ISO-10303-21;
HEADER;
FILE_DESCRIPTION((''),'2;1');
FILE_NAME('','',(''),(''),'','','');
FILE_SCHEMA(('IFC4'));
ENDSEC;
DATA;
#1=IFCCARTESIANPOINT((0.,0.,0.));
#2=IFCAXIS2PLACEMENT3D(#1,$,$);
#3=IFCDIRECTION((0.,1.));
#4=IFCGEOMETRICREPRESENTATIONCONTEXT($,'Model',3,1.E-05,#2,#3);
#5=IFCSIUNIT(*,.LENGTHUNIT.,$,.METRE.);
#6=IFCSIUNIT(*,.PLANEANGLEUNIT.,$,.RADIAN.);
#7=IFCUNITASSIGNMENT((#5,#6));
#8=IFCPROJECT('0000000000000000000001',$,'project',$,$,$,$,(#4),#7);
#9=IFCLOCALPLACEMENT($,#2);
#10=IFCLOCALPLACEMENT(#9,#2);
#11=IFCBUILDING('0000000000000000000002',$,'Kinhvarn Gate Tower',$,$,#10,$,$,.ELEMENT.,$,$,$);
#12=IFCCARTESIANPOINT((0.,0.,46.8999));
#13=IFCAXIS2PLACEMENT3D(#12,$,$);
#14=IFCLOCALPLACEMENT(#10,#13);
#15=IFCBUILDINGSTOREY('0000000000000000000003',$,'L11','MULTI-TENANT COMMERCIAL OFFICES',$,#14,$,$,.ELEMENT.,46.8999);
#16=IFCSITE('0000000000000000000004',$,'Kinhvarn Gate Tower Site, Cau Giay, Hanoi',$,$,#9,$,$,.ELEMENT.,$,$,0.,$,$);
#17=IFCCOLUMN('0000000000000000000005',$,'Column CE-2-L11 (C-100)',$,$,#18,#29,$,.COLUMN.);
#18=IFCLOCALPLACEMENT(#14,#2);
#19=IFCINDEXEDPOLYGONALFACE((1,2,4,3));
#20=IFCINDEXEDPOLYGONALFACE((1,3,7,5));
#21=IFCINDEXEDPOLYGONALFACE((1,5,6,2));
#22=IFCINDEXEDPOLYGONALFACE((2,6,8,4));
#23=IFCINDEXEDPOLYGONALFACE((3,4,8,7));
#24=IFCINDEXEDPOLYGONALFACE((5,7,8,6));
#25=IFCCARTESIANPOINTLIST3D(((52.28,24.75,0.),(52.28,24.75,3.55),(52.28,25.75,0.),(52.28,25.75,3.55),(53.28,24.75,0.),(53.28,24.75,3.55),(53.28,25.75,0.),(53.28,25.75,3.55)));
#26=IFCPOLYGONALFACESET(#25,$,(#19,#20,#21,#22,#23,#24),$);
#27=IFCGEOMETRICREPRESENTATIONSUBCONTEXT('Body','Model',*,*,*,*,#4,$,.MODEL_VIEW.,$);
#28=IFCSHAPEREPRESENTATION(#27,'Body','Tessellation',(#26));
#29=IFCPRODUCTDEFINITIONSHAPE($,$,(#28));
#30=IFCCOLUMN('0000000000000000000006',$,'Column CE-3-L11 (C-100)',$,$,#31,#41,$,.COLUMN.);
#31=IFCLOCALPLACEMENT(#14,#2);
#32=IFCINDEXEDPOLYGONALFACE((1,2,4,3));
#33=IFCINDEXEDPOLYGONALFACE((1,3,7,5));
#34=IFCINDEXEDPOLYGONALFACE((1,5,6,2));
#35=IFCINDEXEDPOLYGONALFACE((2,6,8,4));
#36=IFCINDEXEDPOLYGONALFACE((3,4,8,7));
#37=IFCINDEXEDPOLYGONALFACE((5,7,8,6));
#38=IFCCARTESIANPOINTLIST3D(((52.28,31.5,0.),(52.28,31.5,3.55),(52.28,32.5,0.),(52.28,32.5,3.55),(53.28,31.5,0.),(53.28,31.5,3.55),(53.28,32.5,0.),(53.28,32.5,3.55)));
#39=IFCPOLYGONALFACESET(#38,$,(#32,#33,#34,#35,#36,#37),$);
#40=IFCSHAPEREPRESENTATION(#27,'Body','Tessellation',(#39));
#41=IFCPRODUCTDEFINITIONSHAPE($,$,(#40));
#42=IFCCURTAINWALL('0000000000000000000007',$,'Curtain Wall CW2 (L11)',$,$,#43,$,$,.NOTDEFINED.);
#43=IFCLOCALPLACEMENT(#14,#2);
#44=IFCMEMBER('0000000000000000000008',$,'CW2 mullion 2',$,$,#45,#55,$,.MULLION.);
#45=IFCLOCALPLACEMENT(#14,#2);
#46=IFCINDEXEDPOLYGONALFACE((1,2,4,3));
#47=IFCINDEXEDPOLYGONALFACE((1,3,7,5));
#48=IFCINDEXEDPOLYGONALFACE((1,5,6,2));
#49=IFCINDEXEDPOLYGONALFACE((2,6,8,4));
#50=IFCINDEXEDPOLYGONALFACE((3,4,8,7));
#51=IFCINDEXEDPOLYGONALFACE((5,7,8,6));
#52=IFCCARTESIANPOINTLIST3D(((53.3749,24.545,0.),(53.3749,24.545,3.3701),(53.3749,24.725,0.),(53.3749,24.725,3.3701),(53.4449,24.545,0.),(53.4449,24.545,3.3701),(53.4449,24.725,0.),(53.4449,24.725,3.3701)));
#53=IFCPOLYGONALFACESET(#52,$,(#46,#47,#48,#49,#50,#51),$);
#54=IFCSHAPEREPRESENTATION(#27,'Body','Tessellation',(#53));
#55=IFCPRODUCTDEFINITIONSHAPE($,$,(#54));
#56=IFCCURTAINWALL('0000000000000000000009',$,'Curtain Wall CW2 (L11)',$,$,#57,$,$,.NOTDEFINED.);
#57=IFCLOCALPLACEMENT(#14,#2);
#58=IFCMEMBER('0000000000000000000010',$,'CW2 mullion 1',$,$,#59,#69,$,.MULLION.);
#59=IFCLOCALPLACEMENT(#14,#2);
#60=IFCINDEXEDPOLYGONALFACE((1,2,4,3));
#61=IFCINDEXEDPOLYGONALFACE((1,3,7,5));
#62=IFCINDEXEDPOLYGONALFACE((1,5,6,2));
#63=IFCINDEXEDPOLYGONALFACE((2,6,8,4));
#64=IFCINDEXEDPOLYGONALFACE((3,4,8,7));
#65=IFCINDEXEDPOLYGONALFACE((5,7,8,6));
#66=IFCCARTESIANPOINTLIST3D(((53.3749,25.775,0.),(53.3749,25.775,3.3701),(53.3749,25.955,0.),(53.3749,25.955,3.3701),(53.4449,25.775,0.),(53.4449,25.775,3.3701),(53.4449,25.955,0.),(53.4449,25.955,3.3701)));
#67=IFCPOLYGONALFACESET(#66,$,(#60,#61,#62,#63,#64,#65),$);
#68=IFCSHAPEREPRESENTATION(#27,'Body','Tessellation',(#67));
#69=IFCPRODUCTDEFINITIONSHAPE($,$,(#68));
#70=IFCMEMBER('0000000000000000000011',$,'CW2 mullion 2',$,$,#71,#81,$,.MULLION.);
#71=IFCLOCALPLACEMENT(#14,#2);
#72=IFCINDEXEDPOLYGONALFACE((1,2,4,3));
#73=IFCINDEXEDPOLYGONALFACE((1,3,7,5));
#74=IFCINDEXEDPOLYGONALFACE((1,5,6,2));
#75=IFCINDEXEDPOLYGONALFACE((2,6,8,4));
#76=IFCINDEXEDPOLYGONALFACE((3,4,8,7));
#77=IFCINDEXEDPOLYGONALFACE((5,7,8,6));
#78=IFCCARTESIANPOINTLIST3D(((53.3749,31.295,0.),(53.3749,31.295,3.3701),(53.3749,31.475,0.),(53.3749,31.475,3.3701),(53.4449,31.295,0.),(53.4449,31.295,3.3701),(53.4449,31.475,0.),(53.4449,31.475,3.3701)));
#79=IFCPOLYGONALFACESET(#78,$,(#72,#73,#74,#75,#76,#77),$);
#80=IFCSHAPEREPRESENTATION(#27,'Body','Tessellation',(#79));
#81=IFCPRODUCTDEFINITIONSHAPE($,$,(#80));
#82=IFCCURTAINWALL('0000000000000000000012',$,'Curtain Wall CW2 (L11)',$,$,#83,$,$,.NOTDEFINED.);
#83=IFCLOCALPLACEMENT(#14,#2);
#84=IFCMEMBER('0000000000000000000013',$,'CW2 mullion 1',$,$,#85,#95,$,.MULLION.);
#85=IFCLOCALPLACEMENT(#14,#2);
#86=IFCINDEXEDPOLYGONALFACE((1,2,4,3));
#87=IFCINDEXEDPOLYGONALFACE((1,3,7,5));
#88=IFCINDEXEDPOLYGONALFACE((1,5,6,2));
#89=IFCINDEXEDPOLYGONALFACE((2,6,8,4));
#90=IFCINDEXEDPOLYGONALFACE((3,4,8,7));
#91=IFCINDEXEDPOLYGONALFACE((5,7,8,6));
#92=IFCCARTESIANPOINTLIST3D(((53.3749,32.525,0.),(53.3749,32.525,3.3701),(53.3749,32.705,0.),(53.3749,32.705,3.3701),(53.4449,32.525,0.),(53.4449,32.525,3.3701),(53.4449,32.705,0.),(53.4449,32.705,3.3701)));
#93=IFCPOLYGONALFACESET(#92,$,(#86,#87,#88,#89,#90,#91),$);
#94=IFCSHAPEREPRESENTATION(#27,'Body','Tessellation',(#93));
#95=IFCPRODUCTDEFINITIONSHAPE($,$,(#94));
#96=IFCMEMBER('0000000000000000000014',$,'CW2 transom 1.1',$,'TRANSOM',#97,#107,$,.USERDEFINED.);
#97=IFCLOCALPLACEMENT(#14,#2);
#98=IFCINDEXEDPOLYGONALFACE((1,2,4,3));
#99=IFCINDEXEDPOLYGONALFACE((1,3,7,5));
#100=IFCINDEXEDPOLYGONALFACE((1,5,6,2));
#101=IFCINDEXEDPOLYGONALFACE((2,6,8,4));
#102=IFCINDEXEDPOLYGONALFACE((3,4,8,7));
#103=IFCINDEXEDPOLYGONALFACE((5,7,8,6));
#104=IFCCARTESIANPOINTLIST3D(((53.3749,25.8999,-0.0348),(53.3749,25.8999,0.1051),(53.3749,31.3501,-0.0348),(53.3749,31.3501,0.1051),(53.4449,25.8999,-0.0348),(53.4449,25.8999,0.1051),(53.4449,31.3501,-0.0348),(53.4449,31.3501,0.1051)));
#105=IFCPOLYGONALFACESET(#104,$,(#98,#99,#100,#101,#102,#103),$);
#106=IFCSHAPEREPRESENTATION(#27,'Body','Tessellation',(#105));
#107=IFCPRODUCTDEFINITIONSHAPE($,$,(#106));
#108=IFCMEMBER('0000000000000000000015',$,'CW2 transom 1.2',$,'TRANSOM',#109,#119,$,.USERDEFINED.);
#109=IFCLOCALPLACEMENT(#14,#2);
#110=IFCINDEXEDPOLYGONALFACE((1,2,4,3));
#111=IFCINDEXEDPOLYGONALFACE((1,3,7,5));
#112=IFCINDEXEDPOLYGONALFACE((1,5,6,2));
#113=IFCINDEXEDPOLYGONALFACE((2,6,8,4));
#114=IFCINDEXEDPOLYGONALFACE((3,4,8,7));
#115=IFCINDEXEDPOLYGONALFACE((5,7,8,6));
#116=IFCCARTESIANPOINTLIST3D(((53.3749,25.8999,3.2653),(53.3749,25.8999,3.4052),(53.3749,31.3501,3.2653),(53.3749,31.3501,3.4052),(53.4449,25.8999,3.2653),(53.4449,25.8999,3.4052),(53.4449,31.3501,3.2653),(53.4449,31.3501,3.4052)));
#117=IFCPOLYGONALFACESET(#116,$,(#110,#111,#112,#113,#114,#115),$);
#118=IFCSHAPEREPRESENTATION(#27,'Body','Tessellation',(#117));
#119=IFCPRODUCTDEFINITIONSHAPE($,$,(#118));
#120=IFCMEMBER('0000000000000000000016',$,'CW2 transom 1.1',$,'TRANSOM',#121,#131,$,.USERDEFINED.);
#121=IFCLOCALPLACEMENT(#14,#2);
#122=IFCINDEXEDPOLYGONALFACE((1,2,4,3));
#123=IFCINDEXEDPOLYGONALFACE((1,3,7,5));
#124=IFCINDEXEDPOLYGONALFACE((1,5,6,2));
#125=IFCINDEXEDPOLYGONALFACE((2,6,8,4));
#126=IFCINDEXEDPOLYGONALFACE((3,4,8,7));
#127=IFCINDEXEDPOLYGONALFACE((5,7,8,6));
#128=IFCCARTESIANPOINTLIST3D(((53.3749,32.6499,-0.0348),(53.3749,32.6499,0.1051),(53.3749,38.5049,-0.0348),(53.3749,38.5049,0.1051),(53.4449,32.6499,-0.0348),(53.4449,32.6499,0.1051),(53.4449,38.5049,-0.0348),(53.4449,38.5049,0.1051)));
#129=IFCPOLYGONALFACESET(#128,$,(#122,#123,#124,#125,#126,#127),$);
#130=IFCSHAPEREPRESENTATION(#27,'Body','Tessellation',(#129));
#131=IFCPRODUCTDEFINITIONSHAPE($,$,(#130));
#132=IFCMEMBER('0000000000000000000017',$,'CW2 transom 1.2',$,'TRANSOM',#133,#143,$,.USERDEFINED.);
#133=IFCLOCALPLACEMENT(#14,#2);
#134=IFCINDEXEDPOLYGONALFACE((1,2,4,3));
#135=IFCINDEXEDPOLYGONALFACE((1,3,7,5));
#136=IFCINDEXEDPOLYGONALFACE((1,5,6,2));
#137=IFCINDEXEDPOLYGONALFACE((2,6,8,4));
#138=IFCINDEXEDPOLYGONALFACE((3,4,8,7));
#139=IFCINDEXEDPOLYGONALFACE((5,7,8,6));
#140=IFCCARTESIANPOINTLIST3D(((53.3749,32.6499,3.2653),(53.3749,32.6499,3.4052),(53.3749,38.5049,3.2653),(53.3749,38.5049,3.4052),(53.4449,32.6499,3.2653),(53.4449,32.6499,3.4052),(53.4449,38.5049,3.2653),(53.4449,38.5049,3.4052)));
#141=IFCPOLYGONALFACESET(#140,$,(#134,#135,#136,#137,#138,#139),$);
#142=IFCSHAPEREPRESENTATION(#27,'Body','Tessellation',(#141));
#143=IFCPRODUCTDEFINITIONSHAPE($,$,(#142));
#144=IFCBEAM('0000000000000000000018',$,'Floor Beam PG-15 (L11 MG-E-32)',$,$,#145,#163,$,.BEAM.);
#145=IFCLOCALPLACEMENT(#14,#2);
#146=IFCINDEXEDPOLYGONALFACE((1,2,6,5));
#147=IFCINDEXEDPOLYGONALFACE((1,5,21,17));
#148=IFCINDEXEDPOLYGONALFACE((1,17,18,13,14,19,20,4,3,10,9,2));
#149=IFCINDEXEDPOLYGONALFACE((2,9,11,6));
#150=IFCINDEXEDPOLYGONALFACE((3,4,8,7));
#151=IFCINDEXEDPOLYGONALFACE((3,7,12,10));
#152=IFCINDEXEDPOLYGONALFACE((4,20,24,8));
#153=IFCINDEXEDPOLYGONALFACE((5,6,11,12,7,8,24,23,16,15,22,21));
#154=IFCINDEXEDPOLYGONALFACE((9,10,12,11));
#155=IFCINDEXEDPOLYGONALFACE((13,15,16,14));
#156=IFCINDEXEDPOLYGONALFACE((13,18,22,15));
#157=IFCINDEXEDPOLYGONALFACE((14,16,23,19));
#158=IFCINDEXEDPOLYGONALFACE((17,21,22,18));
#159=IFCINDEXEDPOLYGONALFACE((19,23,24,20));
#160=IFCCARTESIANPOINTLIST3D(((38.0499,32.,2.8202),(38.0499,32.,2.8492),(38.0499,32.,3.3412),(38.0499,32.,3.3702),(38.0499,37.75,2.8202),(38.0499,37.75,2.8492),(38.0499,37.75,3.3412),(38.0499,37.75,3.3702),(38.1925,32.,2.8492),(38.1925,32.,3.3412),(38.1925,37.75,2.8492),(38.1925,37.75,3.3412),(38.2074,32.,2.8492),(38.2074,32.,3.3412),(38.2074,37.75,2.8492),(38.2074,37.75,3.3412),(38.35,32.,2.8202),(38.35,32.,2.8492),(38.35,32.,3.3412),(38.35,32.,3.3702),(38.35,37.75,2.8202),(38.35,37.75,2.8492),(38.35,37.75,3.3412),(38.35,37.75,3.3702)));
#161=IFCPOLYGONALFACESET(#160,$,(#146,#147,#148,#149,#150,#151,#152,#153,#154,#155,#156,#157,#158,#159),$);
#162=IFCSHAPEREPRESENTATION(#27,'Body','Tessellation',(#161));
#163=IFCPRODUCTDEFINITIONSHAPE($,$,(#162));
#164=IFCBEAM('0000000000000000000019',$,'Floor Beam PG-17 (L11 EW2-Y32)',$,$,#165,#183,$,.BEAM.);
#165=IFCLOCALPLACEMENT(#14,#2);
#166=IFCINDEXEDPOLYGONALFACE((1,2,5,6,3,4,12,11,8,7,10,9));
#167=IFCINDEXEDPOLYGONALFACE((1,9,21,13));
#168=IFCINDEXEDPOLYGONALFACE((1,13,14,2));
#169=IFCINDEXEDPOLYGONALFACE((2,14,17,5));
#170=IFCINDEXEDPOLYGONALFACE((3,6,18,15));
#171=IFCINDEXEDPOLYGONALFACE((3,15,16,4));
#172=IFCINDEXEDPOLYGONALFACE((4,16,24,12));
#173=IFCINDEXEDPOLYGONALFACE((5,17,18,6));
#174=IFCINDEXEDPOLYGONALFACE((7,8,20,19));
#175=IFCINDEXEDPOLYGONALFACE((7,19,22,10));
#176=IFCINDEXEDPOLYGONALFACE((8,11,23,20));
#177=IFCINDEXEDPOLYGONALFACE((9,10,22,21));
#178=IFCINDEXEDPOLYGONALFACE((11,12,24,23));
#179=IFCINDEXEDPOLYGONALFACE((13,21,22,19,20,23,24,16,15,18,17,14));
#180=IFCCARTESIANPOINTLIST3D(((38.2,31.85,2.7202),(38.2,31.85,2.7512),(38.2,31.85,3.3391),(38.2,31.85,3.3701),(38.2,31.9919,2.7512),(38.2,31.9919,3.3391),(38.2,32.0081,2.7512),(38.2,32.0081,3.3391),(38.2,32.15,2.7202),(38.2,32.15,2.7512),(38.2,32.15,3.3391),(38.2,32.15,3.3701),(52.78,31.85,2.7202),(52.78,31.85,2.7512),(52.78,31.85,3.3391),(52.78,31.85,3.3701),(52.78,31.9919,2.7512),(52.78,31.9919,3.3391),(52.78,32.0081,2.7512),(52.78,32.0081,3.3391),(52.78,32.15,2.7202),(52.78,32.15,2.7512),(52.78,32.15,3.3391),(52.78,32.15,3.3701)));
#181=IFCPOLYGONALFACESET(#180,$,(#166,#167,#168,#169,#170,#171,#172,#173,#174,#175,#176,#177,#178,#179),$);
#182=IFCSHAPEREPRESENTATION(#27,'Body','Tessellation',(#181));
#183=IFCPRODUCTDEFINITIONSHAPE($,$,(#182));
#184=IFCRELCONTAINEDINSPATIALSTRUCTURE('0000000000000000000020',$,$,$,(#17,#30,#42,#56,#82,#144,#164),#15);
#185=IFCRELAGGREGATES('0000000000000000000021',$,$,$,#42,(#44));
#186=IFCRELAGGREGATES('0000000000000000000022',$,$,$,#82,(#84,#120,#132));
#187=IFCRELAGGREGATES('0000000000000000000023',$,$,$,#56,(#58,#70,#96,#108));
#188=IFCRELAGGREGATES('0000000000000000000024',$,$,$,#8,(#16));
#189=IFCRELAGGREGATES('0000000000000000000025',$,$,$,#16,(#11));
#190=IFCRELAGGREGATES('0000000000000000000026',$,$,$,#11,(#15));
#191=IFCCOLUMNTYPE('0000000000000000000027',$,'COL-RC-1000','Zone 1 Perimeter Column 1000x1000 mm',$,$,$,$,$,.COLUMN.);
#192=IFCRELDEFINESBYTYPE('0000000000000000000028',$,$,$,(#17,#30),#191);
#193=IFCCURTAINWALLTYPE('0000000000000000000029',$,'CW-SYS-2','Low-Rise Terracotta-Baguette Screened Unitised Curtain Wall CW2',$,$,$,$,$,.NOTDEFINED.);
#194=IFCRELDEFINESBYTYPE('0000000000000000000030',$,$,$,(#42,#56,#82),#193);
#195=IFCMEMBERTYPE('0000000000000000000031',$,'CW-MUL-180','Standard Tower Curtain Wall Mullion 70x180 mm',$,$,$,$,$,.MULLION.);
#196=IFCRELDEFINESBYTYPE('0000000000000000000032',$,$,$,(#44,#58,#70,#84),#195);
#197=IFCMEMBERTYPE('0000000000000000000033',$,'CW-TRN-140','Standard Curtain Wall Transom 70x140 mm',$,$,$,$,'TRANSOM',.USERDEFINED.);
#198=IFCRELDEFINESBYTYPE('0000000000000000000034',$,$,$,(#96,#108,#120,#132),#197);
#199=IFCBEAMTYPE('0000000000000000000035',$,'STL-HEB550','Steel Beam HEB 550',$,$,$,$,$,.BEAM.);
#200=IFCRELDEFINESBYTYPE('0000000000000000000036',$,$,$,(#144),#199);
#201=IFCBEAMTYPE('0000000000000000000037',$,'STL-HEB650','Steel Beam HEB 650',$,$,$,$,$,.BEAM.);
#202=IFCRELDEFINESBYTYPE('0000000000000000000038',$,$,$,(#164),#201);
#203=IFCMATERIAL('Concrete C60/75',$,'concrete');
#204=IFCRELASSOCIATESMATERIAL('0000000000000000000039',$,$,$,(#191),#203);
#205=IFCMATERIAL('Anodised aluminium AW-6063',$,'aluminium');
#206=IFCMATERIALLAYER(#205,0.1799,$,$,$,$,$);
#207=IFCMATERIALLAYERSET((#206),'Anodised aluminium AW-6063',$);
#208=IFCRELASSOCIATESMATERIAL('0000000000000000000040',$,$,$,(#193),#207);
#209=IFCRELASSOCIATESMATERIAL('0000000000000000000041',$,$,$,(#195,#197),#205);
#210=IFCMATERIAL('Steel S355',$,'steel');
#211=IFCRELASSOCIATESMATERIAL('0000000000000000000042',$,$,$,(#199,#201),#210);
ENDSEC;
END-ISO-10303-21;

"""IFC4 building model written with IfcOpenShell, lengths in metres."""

from ifc_helpers import new_model, si_unit, direction, frame, origin, origin_2d, place, context, subcontext, project, spatial, rectangle, i_section, extrude, material, layer, layer_set, material_profile, profile_set, type_object, element, aggregate, save


model = new_model("IFC4")

# Units and contexts
model_context = context("Model", 3, precision=1e-05, world=origin(), true_north=direction((0.0, 1.0)))
body_context = subcontext(model_context, "Body", "Model", "MODEL_VIEW")
ifc_project = project(units=[si_unit("LENGTHUNIT", "METRE"), si_unit("PLANEANGLEUNIT", "RADIAN")], contexts=[model_context])

# Site, building, storey
site_placement = place(None, origin())
site = spatial("IfcSite", under=ifc_project, at=site_placement, Name="Kinhvarn Gate Tower Site, Cau Giay, Hanoi", CompositionType="ELEMENT", RefElevation=0.0)
building_placement = place(site_placement, origin())
building = spatial("IfcBuilding", under=site, at=building_placement, Name="Kinhvarn Gate Tower", CompositionType="ELEMENT")
storey_placement = place(building_placement, frame((0.0, 0.0, 46.8999)))
storey = spatial("IfcBuildingStorey", under=building, at=storey_placement, Name="L11", Description="MULTI-TENANT COMMERCIAL OFFICES", CompositionType="ELEMENT", Elevation=46.8999)

# Columns
ifc_material_1 = material(Name="Concrete C60/75", Category="concrete")
ifc_material_profile_1 = material_profile(ifc_material_1, rectangle(XDim=1.0, YDim=1.0, at=origin_2d()), Name="RC 1000x1000")
ifc_profile_set_1 = profile_set([ifc_material_profile_1], Name="Concrete C60/75")
column_type = type_object("IfcColumnType", Name="COL-RC-1000", Description="Zone 1 Perimeter Column 1000x1000 mm", PredefinedType="COLUMN", material=ifc_profile_set_1)
for number, where, z_axis, x_axis, name in (
    (1, (52.78, 25.25, 0.0), (0.0, 0.0, 1.0), (1.0, 0.0, 0.0), "Column CE-2-L11 (C-100)"),
    (2, (52.78, 32.0, 0.0), (0.0, 0.0, 1.0), (1.0, 0.0, 0.0), "Column CE-3-L11 (C-100)"),
):
    element("IfcColumn", number, at=place(storey_placement, frame(where, z_axis=z_axis, x_axis=x_axis)), inside=storey, type_object=column_type, Name=name, PredefinedType="COLUMN", context=body_context, shape_type="SweptSolid", body=[
        extrude(rectangle(XDim=1.0, YDim=1.0, at=origin_2d()), origin(), (0.0, 0.0, 1.0), 3.55),
    ])

# Curtain wall, member
ifc_material_2 = material(Name="Anodised aluminium AW-6063", Category="aluminium")
ifc_layer_1 = layer(ifc_material_2, 0.1799)
ifc_layer_set_1 = layer_set([ifc_layer_1], Name="Anodised aluminium AW-6063")
curtain_wall_type = type_object("IfcCurtainWallType", Name="CW-SYS-2", Description="Low-Rise Terracotta-Baguette Screened Unitised Curtain Wall CW2", PredefinedType="NOTDEFINED", material=ifc_layer_set_1)
curtain_wall_1_placement = place(storey_placement, origin())
curtain_wall_1 = element("IfcCurtainWall", 3, at=curtain_wall_1_placement, inside=storey, type_object=curtain_wall_type, Name="Curtain Wall CW2 (L11)", PredefinedType="NOTDEFINED")
ifc_material_profile_2 = material_profile(ifc_material_2, rectangle(XDim=0.0701, YDim=0.1799, at=origin_2d()), Name="ALU 70x180")
ifc_profile_set_2 = profile_set([ifc_material_profile_2], Name="Anodised aluminium AW-6063")
member_type_1 = type_object("IfcMemberType", Name="CW-MUL-180", Description="Standard Tower Curtain Wall Mullion 70x180 mm", PredefinedType="MULLION", material=ifc_profile_set_2)
member_1_placement = place(storey_placement, frame((53.4099, 24.635, 0.0), z_axis=(0.0, 0.0, 1.0), x_axis=(-1.0, 0.0, 0.0)))
member_1 = element("IfcMember", 4, at=member_1_placement, type_object=member_type_1, Name="CW2 mullion 2", PredefinedType="MULLION", context=body_context, shape_type="SweptSolid", body=[
    extrude(rectangle(XDim=0.0701, YDim=0.1799, at=origin_2d()), origin(), (0.0, 0.0, 1.0), 3.3701),
])
aggregate(curtain_wall_1, [member_1])

# Curtain wall, members
curtain_wall_2_placement = place(storey_placement, origin())
curtain_wall_2 = element("IfcCurtainWall", 5, at=curtain_wall_2_placement, inside=storey, type_object=curtain_wall_type, Name="Curtain Wall CW2 (L11)", PredefinedType="NOTDEFINED")
member_2_placement = place(storey_placement, frame((53.4099, 25.865, 0.0), z_axis=(0.0, 0.0, 1.0), x_axis=(-1.0, 0.0, 0.0)))
member_2 = element("IfcMember", 6, at=member_2_placement, type_object=member_type_1, Name="CW2 mullion 1", PredefinedType="MULLION", context=body_context, shape_type="SweptSolid", body=[
    extrude(rectangle(XDim=0.0701, YDim=0.1799, at=origin_2d()), origin(), (0.0, 0.0, 1.0), 3.3701),
])
member_3_placement = place(storey_placement, frame((53.4099, 31.385, 0.0), z_axis=(0.0, 0.0, 1.0), x_axis=(-1.0, 0.0, 0.0)))
member_3 = element("IfcMember", 7, at=member_3_placement, type_object=member_type_1, Name="CW2 mullion 2", PredefinedType="MULLION", context=body_context, shape_type="SweptSolid", body=[
    extrude(rectangle(XDim=0.0701, YDim=0.1799, at=origin_2d()), origin(), (0.0, 0.0, 1.0), 3.3701),
])

# Curtain wall, member
curtain_wall_3_placement = place(storey_placement, origin())
curtain_wall_3 = element("IfcCurtainWall", 8, at=curtain_wall_3_placement, inside=storey, type_object=curtain_wall_type, Name="Curtain Wall CW2 (L11)", PredefinedType="NOTDEFINED")
member_4_placement = place(storey_placement, frame((53.4099, 32.615, 0.0), z_axis=(0.0, 0.0, 1.0), x_axis=(-1.0, 0.0, 0.0)))
member_4 = element("IfcMember", 9, at=member_4_placement, type_object=member_type_1, Name="CW2 mullion 1", PredefinedType="MULLION", context=body_context, shape_type="SweptSolid", body=[
    extrude(rectangle(XDim=0.0701, YDim=0.1799, at=origin_2d()), origin(), (0.0, 0.0, 1.0), 3.3701),
])

# Members
ifc_material_profile_3 = material_profile(ifc_material_2, rectangle(XDim=0.0701, YDim=0.1399, at=origin_2d()), Name="ALU 70x140")
ifc_profile_set_3 = profile_set([ifc_material_profile_3], Name="Anodised aluminium AW-6063")
member_type_2 = type_object("IfcMemberType", Name="CW-TRN-140", Description="Standard Curtain Wall Transom 70x140 mm", ElementType="TRANSOM", PredefinedType="USERDEFINED", material=ifc_profile_set_3)
member_5_placement = place(storey_placement, frame((53.4099, 25.8999, 0.0352), z_axis=(0.0, 1.0, 0.0), x_axis=(-1.0, 0.0, 0.0)))
member_5 = element("IfcMember", 10, at=member_5_placement, type_object=member_type_2, Name="CW2 transom 1.1", ObjectType="TRANSOM", PredefinedType="USERDEFINED", context=body_context, shape_type="SweptSolid", body=[
    extrude(rectangle(XDim=0.0701, YDim=0.1399, at=origin_2d()), origin(), (0.0, 0.0, 1.0), 5.4502),
])
member_6_placement = place(storey_placement, frame((53.4099, 25.8999, 3.3352), z_axis=(0.0, 1.0, 0.0), x_axis=(-1.0, 0.0, 0.0)))
member_6 = element("IfcMember", 11, at=member_6_placement, type_object=member_type_2, Name="CW2 transom 1.2", ObjectType="TRANSOM", PredefinedType="USERDEFINED", context=body_context, shape_type="SweptSolid", body=[
    extrude(rectangle(XDim=0.0701, YDim=0.1399, at=origin_2d()), origin(), (0.0, 0.0, 1.0), 5.4502),
])
member_7_placement = place(storey_placement, frame((53.4099, 32.6499, 0.0352), z_axis=(0.0, 1.0, 0.0), x_axis=(-1.0, 0.0, 0.0)))
member_7 = element("IfcMember", 12, at=member_7_placement, type_object=member_type_2, Name="CW2 transom 1.1", ObjectType="TRANSOM", PredefinedType="USERDEFINED", context=body_context, shape_type="SweptSolid", body=[
    extrude(rectangle(XDim=0.0701, YDim=0.1399, at=origin_2d()), origin(), (0.0, 0.0, 1.0), 5.855),
])
member_8_placement = place(storey_placement, frame((53.4099, 32.6499, 3.3352), z_axis=(0.0, 1.0, 0.0), x_axis=(-1.0, 0.0, 0.0)))
member_8 = element("IfcMember", 13, at=member_8_placement, type_object=member_type_2, Name="CW2 transom 1.2", ObjectType="TRANSOM", PredefinedType="USERDEFINED", context=body_context, shape_type="SweptSolid", body=[
    extrude(rectangle(XDim=0.0701, YDim=0.1399, at=origin_2d()), origin(), (0.0, 0.0, 1.0), 5.855),
])
aggregate(curtain_wall_3, [member_4, member_7, member_8])

# Beams
ifc_material_3 = material(Name="Steel S355", Category="steel")
ifc_material_profile_4 = material_profile(ifc_material_3, i_section(OverallWidth=0.3, OverallDepth=0.55, WebThickness=0.0149, FlangeThickness=0.0291, at=origin_2d()), Name="HEB 550")
ifc_profile_set_4 = profile_set([ifc_material_profile_4], Name="Steel S355")
beam_type_1 = type_object("IfcBeamType", Name="STL-HEB550", Description="Steel Beam HEB 550", PredefinedType="BEAM", material=ifc_profile_set_4)
beam_1_placement = place(storey_placement, frame((38.2, 32.0, 3.0952), z_axis=(0.0, 1.0, 0.0), x_axis=(-1.0, 0.0, 0.0)))
element("IfcBeam", 14, at=beam_1_placement, inside=storey, type_object=beam_type_1, Name="Floor Beam PG-15 (L11 MG-E-32)", PredefinedType="BEAM", context=body_context, shape_type="SweptSolid", body=[
    extrude(i_section(OverallWidth=0.3, OverallDepth=0.55, WebThickness=0.0149, FlangeThickness=0.0291, at=origin_2d()), origin(), (0.0, 0.0, 1.0), 5.75),
])
ifc_material_profile_5 = material_profile(ifc_material_3, i_section(OverallWidth=0.3, OverallDepth=0.6499, WebThickness=0.0161, FlangeThickness=0.031, at=origin_2d()), Name="HEB 650")
ifc_profile_set_5 = profile_set([ifc_material_profile_5], Name="Steel S355")
beam_type_2 = type_object("IfcBeamType", Name="STL-HEB650", Description="Steel Beam HEB 650", PredefinedType="BEAM", material=ifc_profile_set_5)
beam_2_placement = place(storey_placement, frame((38.2, 32.0, 3.0452), z_axis=(1.0, 0.0, 0.0), x_axis=(0.0, 1.0, 0.0)))
element("IfcBeam", 15, at=beam_2_placement, inside=storey, type_object=beam_type_2, Name="Floor Beam PG-17 (L11 EW2-Y32)", PredefinedType="BEAM", context=body_context, shape_type="SweptSolid", body=[
    extrude(i_section(OverallWidth=0.3, OverallDepth=0.6499, WebThickness=0.0161, FlangeThickness=0.031, at=origin_2d()), origin(), (0.0, 0.0, 1.0), 14.5801),
])

aggregate(curtain_wall_2, [member_2, member_3, member_5, member_6])

save(model, "model.ifc")
